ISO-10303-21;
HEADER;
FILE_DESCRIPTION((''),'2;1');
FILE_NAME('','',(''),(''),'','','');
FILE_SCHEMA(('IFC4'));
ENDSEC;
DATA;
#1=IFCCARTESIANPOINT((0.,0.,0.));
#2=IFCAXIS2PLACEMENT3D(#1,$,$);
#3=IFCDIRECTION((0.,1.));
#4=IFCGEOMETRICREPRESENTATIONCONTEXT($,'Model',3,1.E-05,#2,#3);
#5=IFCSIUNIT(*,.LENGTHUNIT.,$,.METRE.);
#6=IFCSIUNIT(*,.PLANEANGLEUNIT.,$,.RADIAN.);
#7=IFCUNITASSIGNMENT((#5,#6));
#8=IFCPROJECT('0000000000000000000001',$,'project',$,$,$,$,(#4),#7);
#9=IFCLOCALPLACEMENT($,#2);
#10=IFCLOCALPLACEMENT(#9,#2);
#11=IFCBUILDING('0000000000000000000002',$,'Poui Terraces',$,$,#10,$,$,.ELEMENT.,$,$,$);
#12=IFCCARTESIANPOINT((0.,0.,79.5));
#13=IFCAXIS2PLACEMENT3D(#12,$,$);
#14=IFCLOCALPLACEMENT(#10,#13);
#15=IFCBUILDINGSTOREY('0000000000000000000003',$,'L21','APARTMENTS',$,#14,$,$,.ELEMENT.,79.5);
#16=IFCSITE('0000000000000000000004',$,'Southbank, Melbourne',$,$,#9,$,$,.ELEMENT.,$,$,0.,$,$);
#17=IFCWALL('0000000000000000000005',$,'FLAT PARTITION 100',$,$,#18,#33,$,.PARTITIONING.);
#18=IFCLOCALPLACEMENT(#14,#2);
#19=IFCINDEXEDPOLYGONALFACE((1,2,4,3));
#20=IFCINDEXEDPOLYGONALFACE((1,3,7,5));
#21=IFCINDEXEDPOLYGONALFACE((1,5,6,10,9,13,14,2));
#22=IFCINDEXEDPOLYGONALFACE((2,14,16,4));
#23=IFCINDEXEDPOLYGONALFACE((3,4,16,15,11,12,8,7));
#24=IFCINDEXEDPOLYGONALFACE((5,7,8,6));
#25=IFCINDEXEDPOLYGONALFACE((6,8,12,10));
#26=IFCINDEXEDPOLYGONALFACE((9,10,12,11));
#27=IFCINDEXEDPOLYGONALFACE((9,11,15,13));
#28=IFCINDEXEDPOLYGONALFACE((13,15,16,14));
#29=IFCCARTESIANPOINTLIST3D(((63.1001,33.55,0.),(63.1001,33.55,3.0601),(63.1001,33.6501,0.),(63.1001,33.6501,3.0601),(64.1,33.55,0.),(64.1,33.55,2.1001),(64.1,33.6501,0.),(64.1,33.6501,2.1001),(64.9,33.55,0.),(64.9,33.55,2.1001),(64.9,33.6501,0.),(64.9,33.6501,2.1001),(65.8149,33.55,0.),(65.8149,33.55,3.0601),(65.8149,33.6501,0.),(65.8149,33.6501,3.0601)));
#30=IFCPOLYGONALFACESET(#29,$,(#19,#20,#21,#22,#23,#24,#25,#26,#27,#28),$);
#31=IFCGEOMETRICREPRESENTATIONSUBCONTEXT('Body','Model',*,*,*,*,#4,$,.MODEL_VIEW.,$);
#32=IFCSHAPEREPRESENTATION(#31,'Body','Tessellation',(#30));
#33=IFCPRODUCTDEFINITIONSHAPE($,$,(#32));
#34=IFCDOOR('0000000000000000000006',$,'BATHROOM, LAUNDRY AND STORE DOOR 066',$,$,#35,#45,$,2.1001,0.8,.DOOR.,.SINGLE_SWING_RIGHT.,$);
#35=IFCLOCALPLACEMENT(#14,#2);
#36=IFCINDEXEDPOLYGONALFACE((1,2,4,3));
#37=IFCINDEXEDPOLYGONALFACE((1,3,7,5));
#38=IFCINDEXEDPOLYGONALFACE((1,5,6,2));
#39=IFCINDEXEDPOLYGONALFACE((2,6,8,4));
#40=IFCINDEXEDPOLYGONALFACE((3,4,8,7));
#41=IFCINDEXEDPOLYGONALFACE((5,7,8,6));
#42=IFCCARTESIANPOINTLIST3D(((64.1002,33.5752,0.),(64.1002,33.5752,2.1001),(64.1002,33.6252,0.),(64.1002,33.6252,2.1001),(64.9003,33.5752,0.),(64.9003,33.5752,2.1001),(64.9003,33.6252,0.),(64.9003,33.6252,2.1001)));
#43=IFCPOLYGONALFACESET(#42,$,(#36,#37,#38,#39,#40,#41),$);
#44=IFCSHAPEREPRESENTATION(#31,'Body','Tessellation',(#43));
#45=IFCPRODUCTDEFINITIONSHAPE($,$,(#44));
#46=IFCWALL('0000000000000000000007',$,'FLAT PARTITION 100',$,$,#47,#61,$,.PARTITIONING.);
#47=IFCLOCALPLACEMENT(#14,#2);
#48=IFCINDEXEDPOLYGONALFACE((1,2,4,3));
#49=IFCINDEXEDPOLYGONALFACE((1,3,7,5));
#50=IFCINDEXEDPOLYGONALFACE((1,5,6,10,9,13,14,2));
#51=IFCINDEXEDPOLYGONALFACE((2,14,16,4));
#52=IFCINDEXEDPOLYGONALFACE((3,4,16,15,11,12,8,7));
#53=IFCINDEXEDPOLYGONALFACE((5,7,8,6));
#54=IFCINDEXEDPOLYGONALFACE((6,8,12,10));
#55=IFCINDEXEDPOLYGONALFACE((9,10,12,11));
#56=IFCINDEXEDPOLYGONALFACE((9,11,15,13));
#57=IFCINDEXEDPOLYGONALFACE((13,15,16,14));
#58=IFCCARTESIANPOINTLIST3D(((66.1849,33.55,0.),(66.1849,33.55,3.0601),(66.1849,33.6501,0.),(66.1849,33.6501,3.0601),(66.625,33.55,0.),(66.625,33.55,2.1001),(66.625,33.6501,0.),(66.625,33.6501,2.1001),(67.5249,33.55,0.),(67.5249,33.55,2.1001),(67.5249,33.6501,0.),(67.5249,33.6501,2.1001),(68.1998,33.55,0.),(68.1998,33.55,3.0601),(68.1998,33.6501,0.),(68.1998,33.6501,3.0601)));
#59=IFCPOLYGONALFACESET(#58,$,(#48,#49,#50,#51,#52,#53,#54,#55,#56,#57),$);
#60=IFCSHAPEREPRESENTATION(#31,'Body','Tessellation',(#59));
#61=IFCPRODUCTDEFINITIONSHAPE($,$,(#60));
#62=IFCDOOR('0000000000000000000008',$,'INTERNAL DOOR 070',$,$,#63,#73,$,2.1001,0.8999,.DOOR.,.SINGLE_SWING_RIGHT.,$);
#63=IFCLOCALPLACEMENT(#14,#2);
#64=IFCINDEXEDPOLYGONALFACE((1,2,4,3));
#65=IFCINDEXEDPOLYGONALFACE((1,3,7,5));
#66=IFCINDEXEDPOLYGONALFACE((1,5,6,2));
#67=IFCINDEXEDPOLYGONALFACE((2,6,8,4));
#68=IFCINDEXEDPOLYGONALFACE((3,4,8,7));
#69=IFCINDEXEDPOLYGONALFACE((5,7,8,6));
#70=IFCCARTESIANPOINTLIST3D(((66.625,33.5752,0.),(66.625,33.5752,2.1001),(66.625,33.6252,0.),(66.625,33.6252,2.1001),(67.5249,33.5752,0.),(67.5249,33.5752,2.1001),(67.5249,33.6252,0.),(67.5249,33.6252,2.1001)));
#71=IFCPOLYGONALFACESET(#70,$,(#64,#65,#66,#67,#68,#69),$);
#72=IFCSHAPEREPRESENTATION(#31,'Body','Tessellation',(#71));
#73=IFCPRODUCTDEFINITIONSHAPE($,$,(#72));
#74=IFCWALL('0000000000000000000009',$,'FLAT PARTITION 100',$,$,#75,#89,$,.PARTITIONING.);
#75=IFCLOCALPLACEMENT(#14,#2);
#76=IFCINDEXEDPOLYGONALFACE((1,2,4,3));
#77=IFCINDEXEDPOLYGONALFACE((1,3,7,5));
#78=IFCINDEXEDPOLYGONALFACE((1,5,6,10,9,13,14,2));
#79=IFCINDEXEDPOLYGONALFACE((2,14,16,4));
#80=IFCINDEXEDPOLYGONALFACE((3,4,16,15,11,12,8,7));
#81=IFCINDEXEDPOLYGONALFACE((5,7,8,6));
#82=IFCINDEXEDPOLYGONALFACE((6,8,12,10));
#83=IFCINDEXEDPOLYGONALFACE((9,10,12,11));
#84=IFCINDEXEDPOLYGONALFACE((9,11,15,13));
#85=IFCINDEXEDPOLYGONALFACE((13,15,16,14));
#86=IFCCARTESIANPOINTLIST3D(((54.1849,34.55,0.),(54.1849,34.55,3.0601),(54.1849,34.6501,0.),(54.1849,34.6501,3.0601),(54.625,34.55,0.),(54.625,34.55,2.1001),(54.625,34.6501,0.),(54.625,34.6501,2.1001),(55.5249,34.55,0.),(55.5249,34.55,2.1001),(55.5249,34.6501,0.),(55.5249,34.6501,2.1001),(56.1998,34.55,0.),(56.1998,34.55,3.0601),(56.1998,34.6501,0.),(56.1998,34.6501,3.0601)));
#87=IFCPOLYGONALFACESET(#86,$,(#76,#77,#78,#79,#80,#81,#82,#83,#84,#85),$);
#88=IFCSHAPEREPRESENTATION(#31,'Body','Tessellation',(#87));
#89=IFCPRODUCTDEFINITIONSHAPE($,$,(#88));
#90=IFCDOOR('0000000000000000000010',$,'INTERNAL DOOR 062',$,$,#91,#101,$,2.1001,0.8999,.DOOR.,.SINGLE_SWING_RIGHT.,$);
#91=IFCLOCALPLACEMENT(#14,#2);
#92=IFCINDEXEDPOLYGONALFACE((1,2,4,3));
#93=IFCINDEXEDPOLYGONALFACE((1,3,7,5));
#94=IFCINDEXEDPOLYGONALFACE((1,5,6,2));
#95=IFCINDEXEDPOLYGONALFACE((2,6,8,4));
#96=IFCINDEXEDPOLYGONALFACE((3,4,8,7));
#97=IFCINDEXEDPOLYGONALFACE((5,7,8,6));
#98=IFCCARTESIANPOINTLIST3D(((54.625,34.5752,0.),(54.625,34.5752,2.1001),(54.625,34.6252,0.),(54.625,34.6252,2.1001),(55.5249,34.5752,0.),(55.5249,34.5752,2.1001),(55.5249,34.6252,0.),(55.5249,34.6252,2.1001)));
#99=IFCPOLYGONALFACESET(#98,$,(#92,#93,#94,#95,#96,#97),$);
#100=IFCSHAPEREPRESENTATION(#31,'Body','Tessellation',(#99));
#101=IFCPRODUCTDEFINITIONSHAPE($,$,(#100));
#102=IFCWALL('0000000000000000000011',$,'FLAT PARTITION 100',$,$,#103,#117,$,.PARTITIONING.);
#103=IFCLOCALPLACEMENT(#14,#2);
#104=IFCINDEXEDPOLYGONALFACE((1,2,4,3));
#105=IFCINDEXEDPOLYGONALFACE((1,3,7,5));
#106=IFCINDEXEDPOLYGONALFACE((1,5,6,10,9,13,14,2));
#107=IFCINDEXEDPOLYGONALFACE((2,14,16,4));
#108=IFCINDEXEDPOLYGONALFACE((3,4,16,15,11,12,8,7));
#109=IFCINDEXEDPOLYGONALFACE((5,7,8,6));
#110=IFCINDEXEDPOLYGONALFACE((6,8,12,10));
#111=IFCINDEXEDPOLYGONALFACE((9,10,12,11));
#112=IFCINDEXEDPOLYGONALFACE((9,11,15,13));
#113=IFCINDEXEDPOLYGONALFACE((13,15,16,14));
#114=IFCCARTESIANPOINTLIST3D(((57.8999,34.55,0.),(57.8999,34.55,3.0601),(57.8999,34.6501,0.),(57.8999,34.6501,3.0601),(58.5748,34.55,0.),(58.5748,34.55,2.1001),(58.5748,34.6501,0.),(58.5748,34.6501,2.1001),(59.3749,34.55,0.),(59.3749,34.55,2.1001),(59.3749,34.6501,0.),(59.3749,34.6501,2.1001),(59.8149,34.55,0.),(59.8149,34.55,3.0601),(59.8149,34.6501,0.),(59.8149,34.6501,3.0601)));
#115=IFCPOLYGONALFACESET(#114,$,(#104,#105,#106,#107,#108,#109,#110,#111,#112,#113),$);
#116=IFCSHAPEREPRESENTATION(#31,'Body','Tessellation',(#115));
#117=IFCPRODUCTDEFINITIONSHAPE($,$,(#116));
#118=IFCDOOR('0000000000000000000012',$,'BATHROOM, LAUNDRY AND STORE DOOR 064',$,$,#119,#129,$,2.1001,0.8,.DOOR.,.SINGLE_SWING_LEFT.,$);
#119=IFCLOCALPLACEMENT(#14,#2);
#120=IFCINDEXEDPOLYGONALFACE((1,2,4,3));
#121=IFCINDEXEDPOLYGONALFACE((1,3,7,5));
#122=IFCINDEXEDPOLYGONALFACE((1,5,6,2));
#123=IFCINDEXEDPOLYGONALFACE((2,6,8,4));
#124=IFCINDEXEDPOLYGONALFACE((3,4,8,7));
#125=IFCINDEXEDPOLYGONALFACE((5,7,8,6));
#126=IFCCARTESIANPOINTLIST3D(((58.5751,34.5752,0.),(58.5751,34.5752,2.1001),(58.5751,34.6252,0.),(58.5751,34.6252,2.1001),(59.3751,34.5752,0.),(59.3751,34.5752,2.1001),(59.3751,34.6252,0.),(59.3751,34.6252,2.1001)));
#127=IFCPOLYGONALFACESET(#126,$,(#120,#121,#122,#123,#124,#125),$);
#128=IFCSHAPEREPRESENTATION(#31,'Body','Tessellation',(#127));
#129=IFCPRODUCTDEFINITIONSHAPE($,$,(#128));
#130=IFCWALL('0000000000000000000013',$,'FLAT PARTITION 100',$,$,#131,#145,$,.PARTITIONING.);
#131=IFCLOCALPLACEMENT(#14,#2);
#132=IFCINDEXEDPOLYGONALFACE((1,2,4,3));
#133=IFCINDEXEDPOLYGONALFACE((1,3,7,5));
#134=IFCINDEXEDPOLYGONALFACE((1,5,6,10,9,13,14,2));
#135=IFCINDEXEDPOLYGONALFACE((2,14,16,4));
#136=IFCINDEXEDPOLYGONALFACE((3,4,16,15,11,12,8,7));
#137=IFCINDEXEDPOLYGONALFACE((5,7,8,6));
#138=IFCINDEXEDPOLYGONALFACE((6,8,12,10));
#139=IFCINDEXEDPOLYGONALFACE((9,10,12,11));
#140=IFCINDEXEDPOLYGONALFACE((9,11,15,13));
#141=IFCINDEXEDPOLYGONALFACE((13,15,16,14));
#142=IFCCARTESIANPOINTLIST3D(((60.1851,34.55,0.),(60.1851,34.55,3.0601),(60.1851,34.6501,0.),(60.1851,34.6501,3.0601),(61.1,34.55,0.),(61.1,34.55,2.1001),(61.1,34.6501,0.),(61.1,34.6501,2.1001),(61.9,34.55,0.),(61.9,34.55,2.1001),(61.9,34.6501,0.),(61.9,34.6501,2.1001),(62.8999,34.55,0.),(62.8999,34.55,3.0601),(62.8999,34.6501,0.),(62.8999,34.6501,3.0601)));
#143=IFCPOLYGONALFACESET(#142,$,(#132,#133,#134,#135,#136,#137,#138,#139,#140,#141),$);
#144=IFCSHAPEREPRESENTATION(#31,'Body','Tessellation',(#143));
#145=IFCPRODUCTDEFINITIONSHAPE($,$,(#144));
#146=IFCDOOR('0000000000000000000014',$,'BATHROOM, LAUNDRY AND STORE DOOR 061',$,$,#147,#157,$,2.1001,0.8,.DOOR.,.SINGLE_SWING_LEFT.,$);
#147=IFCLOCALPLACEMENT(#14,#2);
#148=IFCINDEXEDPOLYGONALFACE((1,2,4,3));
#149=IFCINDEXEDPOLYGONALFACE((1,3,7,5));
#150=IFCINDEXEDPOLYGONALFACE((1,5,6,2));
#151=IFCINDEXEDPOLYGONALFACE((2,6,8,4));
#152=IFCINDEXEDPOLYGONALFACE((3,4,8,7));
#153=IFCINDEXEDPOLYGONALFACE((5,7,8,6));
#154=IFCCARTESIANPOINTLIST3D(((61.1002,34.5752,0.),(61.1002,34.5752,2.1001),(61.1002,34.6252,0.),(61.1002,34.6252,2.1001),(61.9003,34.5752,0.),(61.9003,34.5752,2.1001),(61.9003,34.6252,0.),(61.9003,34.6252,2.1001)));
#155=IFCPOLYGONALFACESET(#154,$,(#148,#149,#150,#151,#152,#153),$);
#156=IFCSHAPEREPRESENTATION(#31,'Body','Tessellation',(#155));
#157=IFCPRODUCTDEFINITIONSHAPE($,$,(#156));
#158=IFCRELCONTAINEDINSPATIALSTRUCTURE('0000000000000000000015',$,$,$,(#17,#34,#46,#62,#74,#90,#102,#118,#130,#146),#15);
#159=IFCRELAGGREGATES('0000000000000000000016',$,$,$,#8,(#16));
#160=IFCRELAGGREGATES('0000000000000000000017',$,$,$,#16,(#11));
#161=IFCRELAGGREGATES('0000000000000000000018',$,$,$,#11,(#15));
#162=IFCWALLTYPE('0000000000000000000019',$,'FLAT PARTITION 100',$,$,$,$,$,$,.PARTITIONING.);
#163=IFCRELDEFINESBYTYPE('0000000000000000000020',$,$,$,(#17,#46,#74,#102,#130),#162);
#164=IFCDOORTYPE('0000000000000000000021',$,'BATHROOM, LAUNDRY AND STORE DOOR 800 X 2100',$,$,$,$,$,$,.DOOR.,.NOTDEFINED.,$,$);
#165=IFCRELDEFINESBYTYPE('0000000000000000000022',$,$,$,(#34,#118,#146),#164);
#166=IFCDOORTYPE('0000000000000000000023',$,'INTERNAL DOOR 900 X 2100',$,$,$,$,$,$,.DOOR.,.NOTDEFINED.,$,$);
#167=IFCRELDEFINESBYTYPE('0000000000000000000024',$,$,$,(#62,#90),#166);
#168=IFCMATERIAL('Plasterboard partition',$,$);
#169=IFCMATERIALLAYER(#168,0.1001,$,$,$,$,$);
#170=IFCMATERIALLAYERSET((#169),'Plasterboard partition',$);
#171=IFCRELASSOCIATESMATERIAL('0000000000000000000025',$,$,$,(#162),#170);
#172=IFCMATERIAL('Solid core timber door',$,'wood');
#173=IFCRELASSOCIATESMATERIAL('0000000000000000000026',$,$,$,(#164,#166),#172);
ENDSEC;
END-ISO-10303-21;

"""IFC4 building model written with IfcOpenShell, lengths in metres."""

from ifc_helpers import new_model, si_unit, direction, frame, frame_2d, origin, place, context, subcontext, project, spatial, rectangle, extrude, material, layer, layer_set, type_object, element, fill, save


model = new_model("IFC4")

# Units and contexts
model_context = context("Model", 3, precision=1e-05, world=origin(), true_north=direction((0.0, 1.0)))
body_context = subcontext(model_context, "Body", "Model", "MODEL_VIEW")
ifc_project = project(units=[si_unit("LENGTHUNIT", "METRE"), si_unit("PLANEANGLEUNIT", "RADIAN")], contexts=[model_context])

# Site, building, storey
site_placement = place(None, origin())
site = spatial("IfcSite", under=ifc_project, at=site_placement, Name="Southbank, Melbourne", CompositionType="ELEMENT", RefElevation=0.0)
building_placement = place(site_placement, origin())
building = spatial("IfcBuilding", under=site, at=building_placement, Name="Poui Terraces", CompositionType="ELEMENT")
storey_placement = place(building_placement, frame((0.0, 0.0, 79.5)))
storey = spatial("IfcBuildingStorey", under=building, at=storey_placement, Name="L21", Description="APARTMENTS", CompositionType="ELEMENT", Elevation=79.5)

# Walls, openings, doors
ifc_material_1 = material(Name="Plasterboard partition")
ifc_layer_1 = layer(ifc_material_1, 0.1001)
ifc_layer_set_1 = layer_set([ifc_layer_1], Name="Plasterboard partition")
wall_type_1 = type_object("IfcWallType", Name="FLAT PARTITION 100", PredefinedType="PARTITIONING", material=ifc_layer_set_1)
wall_1_placement = place(storey_placement, frame((63.1001, 33.6001, 0.0), z_axis=(0.0, 0.0, 1.0), x_axis=(1.0, 0.0, 0.0)))
wall_1 = element("IfcWall", 1, at=wall_1_placement, inside=storey, type_object=wall_type_1, Name="FLAT PARTITION 100", PredefinedType="PARTITIONING", context=body_context, shape_type="SweptSolid", body=[
    extrude(rectangle(XDim=2.7148, YDim=0.1001, at=frame_2d((1.3574, 0.0))), origin(), (0.0, 0.0, 1.0), 3.0601),
])
opening_1_placement = place(wall_1_placement, frame((1.0, 0.0, 0.0)))
opening_1 = element("IfcOpeningElement", 2, at=opening_1_placement, cuts=wall_1, PredefinedType="OPENING", context=body_context, shape_type="SweptSolid", body=[
    extrude(rectangle(XDim=0.8, YDim=2.1001, at=frame_2d((0.3999, 1.05))), frame((0.0, 0.0601, 0.0), z_axis=(0.0, -1.0, 0.0), x_axis=(1.0, 0.0, 0.0)), (0.0, 0.0, 1.0), 0.1201),
])
ifc_material_2 = material(Name="Solid core timber door", Category="wood")
door_type_1 = type_object("IfcDoorType", Name="BATHROOM, LAUNDRY AND STORE DOOR 800 X 2100", OperationType="NOTDEFINED", PredefinedType="DOOR", material=ifc_material_2)
door_1_placement = place(opening_1_placement, frame((0.8, 0.0, 0.0), z_axis=(0.0, 0.0, 1.0), x_axis=(-1.0, 0.0, 0.0)))
door_1 = element("IfcDoor", 3, at=door_1_placement, inside=storey, type_object=door_type_1, Name="BATHROOM, LAUNDRY AND STORE DOOR 066", OperationType="SINGLE_SWING_RIGHT", OverallHeight=2.1001, OverallWidth=0.8, PredefinedType="DOOR", context=body_context, shape_type="SweptSolid", body=[
    extrude(rectangle(XDim=0.8, YDim=2.1001, at=frame_2d((0.3999, 1.05))), frame((0.0, 0.0249, 0.0), z_axis=(0.0, -1.0, 0.0), x_axis=(1.0, 0.0, 0.0)), (0.0, 0.0, 1.0), 0.05),
])
fill(opening_1, door_1)
wall_2_placement = place(storey_placement, frame((66.1851, 33.6001, 0.0), z_axis=(0.0, 0.0, 1.0), x_axis=(1.0, 0.0, 0.0)))
wall_2 = element("IfcWall", 4, at=wall_2_placement, inside=storey, type_object=wall_type_1, Name="FLAT PARTITION 100", PredefinedType="PARTITIONING", context=body_context, shape_type="SweptSolid", body=[
    extrude(rectangle(XDim=2.0149, YDim=0.1001, at=frame_2d((1.0073, 0.0))), origin(), (0.0, 0.0, 1.0), 3.0601),
])
opening_2_placement = place(wall_2_placement, frame((0.4399, 0.0, 0.0)))
opening_2 = element("IfcOpeningElement", 5, at=opening_2_placement, cuts=wall_2, PredefinedType="OPENING", context=body_context, shape_type="SweptSolid", body=[
    extrude(rectangle(XDim=0.8999, YDim=2.1001, at=frame_2d((0.45, 1.05))), frame((0.0, 0.0601, 0.0), z_axis=(0.0, -1.0, 0.0), x_axis=(1.0, 0.0, 0.0)), (0.0, 0.0, 1.0), 0.1201),
])
door_type_2 = type_object("IfcDoorType", Name="INTERNAL DOOR 900 X 2100", OperationType="NOTDEFINED", PredefinedType="DOOR", material=ifc_material_2)
door_2_placement = place(opening_2_placement, frame((0.8999, 0.0, 0.0), z_axis=(0.0, 0.0, 1.0), x_axis=(-1.0, 0.0, 0.0)))
door_2 = element("IfcDoor", 6, at=door_2_placement, inside=storey, type_object=door_type_2, Name="INTERNAL DOOR 070", OperationType="SINGLE_SWING_RIGHT", OverallHeight=2.1001, OverallWidth=0.8999, PredefinedType="DOOR", context=body_context, shape_type="SweptSolid", body=[
    extrude(rectangle(XDim=0.8999, YDim=2.1001, at=frame_2d((0.45, 1.05))), frame((0.0, 0.0249, 0.0), z_axis=(0.0, -1.0, 0.0), x_axis=(1.0, 0.0, 0.0)), (0.0, 0.0, 1.0), 0.05),
])
fill(opening_2, door_2)
wall_3_placement = place(storey_placement, frame((54.1851, 34.6001, 0.0), z_axis=(0.0, 0.0, 1.0), x_axis=(1.0, 0.0, 0.0)))
wall_3 = element("IfcWall", 7, at=wall_3_placement, inside=storey, type_object=wall_type_1, Name="FLAT PARTITION 100", PredefinedType="PARTITIONING", context=body_context, shape_type="SweptSolid", body=[
    extrude(rectangle(XDim=2.0149, YDim=0.1001, at=frame_2d((1.0073, 0.0))), origin(), (0.0, 0.0, 1.0), 3.0601),
])
opening_3_placement = place(wall_3_placement, frame((0.4399, 0.0, 0.0)))
opening_3 = element("IfcOpeningElement", 8, at=opening_3_placement, cuts=wall_3, PredefinedType="OPENING", context=body_context, shape_type="SweptSolid", body=[
    extrude(rectangle(XDim=0.8999, YDim=2.1001, at=frame_2d((0.45, 1.05))), frame((0.0, 0.0601, 0.0), z_axis=(0.0, -1.0, 0.0), x_axis=(1.0, 0.0, 0.0)), (0.0, 0.0, 1.0), 0.1201),
])
door_3_placement = place(opening_3_placement, frame((0.8999, 0.0, 0.0), z_axis=(0.0, 0.0, 1.0), x_axis=(-1.0, 0.0, 0.0)))
door_3 = element("IfcDoor", 9, at=door_3_placement, inside=storey, type_object=door_type_2, Name="INTERNAL DOOR 062", OperationType="SINGLE_SWING_RIGHT", OverallHeight=2.1001, OverallWidth=0.8999, PredefinedType="DOOR", context=body_context, shape_type="SweptSolid", body=[
    extrude(rectangle(XDim=0.8999, YDim=2.1001, at=frame_2d((0.45, 1.05))), frame((0.0, 0.0249, 0.0), z_axis=(0.0, -1.0, 0.0), x_axis=(1.0, 0.0, 0.0)), (0.0, 0.0, 1.0), 0.05),
])
fill(opening_3, door_3)
wall_4_placement = place(storey_placement, frame((57.8999, 34.6001, 0.0), z_axis=(0.0, 0.0, 1.0), x_axis=(1.0, 0.0, 0.0)))
wall_4 = element("IfcWall", 10, at=wall_4_placement, inside=storey, type_object=wall_type_1, Name="FLAT PARTITION 100", PredefinedType="PARTITIONING", context=body_context, shape_type="SweptSolid", body=[
    extrude(rectangle(XDim=1.915, YDim=0.1001, at=frame_2d((0.9575, 0.0))), origin(), (0.0, 0.0, 1.0), 3.0601),
])
opening_4_placement = place(wall_4_placement, frame((0.675, 0.0, 0.0)))
opening_4 = element("IfcOpeningElement", 11, at=opening_4_placement, cuts=wall_4, PredefinedType="OPENING", context=body_context, shape_type="SweptSolid", body=[
    extrude(rectangle(XDim=0.8, YDim=2.1001, at=frame_2d((0.3999, 1.05))), frame((0.0, 0.0601, 0.0), z_axis=(0.0, -1.0, 0.0), x_axis=(1.0, 0.0, 0.0)), (0.0, 0.0, 1.0), 0.1201),
])
door_4_placement = place(opening_4_placement, frame((0.8, 0.0, 0.0), z_axis=(0.0, 0.0, 1.0), x_axis=(-1.0, 0.0, 0.0)))
door_4 = element("IfcDoor", 12, at=door_4_placement, inside=storey, type_object=door_type_1, Name="BATHROOM, LAUNDRY AND STORE DOOR 064", OperationType="SINGLE_SWING_LEFT", OverallHeight=2.1001, OverallWidth=0.8, PredefinedType="DOOR", context=body_context, shape_type="SweptSolid", body=[
    extrude(rectangle(XDim=0.8, YDim=2.1001, at=frame_2d((0.3999, 1.05))), frame((0.0, 0.0249, 0.0), z_axis=(0.0, -1.0, 0.0), x_axis=(1.0, 0.0, 0.0)), (0.0, 0.0, 1.0), 0.05),
])
fill(opening_4, door_4)
wall_5_placement = place(storey_placement, frame((60.1851, 34.6001, 0.0), z_axis=(0.0, 0.0, 1.0), x_axis=(1.0, 0.0, 0.0)))
wall_5 = element("IfcWall", 13, at=wall_5_placement, inside=storey, type_object=wall_type_1, Name="FLAT PARTITION 100", PredefinedType="PARTITIONING", context=body_context, shape_type="SweptSolid", body=[
    extrude(rectangle(XDim=2.7148, YDim=0.1001, at=frame_2d((1.3574, 0.0))), origin(), (0.0, 0.0, 1.0), 3.0601),
])
opening_5_placement = place(wall_5_placement, frame((0.915, 0.0, 0.0)))
opening_5 = element("IfcOpeningElement", 14, at=opening_5_placement, cuts=wall_5, PredefinedType="OPENING", context=body_context, shape_type="SweptSolid", body=[
    extrude(rectangle(XDim=0.8, YDim=2.1001, at=frame_2d((0.3999, 1.05))), frame((0.0, 0.0601, 0.0), z_axis=(0.0, -1.0, 0.0), x_axis=(1.0, 0.0, 0.0)), (0.0, 0.0, 1.0), 0.1201),
])
door_5_placement = place(opening_5_placement, frame((0.8, 0.0, 0.0), z_axis=(0.0, 0.0, 1.0), x_axis=(-1.0, 0.0, 0.0)))
door_5 = element("IfcDoor", 15, at=door_5_placement, inside=storey, type_object=door_type_1, Name="BATHROOM, LAUNDRY AND STORE DOOR 061", OperationType="SINGLE_SWING_LEFT", OverallHeight=2.1001, OverallWidth=0.8, PredefinedType="DOOR", context=body_context, shape_type="SweptSolid", body=[
    extrude(rectangle(XDim=0.8, YDim=2.1001, at=frame_2d((0.3999, 1.05))), frame((0.0, 0.0249, 0.0), z_axis=(0.0, -1.0, 0.0), x_axis=(1.0, 0.0, 0.0)), (0.0, 0.0, 1.0), 0.05),
])
fill(opening_5, door_5)

save(model, "model.ifc")
